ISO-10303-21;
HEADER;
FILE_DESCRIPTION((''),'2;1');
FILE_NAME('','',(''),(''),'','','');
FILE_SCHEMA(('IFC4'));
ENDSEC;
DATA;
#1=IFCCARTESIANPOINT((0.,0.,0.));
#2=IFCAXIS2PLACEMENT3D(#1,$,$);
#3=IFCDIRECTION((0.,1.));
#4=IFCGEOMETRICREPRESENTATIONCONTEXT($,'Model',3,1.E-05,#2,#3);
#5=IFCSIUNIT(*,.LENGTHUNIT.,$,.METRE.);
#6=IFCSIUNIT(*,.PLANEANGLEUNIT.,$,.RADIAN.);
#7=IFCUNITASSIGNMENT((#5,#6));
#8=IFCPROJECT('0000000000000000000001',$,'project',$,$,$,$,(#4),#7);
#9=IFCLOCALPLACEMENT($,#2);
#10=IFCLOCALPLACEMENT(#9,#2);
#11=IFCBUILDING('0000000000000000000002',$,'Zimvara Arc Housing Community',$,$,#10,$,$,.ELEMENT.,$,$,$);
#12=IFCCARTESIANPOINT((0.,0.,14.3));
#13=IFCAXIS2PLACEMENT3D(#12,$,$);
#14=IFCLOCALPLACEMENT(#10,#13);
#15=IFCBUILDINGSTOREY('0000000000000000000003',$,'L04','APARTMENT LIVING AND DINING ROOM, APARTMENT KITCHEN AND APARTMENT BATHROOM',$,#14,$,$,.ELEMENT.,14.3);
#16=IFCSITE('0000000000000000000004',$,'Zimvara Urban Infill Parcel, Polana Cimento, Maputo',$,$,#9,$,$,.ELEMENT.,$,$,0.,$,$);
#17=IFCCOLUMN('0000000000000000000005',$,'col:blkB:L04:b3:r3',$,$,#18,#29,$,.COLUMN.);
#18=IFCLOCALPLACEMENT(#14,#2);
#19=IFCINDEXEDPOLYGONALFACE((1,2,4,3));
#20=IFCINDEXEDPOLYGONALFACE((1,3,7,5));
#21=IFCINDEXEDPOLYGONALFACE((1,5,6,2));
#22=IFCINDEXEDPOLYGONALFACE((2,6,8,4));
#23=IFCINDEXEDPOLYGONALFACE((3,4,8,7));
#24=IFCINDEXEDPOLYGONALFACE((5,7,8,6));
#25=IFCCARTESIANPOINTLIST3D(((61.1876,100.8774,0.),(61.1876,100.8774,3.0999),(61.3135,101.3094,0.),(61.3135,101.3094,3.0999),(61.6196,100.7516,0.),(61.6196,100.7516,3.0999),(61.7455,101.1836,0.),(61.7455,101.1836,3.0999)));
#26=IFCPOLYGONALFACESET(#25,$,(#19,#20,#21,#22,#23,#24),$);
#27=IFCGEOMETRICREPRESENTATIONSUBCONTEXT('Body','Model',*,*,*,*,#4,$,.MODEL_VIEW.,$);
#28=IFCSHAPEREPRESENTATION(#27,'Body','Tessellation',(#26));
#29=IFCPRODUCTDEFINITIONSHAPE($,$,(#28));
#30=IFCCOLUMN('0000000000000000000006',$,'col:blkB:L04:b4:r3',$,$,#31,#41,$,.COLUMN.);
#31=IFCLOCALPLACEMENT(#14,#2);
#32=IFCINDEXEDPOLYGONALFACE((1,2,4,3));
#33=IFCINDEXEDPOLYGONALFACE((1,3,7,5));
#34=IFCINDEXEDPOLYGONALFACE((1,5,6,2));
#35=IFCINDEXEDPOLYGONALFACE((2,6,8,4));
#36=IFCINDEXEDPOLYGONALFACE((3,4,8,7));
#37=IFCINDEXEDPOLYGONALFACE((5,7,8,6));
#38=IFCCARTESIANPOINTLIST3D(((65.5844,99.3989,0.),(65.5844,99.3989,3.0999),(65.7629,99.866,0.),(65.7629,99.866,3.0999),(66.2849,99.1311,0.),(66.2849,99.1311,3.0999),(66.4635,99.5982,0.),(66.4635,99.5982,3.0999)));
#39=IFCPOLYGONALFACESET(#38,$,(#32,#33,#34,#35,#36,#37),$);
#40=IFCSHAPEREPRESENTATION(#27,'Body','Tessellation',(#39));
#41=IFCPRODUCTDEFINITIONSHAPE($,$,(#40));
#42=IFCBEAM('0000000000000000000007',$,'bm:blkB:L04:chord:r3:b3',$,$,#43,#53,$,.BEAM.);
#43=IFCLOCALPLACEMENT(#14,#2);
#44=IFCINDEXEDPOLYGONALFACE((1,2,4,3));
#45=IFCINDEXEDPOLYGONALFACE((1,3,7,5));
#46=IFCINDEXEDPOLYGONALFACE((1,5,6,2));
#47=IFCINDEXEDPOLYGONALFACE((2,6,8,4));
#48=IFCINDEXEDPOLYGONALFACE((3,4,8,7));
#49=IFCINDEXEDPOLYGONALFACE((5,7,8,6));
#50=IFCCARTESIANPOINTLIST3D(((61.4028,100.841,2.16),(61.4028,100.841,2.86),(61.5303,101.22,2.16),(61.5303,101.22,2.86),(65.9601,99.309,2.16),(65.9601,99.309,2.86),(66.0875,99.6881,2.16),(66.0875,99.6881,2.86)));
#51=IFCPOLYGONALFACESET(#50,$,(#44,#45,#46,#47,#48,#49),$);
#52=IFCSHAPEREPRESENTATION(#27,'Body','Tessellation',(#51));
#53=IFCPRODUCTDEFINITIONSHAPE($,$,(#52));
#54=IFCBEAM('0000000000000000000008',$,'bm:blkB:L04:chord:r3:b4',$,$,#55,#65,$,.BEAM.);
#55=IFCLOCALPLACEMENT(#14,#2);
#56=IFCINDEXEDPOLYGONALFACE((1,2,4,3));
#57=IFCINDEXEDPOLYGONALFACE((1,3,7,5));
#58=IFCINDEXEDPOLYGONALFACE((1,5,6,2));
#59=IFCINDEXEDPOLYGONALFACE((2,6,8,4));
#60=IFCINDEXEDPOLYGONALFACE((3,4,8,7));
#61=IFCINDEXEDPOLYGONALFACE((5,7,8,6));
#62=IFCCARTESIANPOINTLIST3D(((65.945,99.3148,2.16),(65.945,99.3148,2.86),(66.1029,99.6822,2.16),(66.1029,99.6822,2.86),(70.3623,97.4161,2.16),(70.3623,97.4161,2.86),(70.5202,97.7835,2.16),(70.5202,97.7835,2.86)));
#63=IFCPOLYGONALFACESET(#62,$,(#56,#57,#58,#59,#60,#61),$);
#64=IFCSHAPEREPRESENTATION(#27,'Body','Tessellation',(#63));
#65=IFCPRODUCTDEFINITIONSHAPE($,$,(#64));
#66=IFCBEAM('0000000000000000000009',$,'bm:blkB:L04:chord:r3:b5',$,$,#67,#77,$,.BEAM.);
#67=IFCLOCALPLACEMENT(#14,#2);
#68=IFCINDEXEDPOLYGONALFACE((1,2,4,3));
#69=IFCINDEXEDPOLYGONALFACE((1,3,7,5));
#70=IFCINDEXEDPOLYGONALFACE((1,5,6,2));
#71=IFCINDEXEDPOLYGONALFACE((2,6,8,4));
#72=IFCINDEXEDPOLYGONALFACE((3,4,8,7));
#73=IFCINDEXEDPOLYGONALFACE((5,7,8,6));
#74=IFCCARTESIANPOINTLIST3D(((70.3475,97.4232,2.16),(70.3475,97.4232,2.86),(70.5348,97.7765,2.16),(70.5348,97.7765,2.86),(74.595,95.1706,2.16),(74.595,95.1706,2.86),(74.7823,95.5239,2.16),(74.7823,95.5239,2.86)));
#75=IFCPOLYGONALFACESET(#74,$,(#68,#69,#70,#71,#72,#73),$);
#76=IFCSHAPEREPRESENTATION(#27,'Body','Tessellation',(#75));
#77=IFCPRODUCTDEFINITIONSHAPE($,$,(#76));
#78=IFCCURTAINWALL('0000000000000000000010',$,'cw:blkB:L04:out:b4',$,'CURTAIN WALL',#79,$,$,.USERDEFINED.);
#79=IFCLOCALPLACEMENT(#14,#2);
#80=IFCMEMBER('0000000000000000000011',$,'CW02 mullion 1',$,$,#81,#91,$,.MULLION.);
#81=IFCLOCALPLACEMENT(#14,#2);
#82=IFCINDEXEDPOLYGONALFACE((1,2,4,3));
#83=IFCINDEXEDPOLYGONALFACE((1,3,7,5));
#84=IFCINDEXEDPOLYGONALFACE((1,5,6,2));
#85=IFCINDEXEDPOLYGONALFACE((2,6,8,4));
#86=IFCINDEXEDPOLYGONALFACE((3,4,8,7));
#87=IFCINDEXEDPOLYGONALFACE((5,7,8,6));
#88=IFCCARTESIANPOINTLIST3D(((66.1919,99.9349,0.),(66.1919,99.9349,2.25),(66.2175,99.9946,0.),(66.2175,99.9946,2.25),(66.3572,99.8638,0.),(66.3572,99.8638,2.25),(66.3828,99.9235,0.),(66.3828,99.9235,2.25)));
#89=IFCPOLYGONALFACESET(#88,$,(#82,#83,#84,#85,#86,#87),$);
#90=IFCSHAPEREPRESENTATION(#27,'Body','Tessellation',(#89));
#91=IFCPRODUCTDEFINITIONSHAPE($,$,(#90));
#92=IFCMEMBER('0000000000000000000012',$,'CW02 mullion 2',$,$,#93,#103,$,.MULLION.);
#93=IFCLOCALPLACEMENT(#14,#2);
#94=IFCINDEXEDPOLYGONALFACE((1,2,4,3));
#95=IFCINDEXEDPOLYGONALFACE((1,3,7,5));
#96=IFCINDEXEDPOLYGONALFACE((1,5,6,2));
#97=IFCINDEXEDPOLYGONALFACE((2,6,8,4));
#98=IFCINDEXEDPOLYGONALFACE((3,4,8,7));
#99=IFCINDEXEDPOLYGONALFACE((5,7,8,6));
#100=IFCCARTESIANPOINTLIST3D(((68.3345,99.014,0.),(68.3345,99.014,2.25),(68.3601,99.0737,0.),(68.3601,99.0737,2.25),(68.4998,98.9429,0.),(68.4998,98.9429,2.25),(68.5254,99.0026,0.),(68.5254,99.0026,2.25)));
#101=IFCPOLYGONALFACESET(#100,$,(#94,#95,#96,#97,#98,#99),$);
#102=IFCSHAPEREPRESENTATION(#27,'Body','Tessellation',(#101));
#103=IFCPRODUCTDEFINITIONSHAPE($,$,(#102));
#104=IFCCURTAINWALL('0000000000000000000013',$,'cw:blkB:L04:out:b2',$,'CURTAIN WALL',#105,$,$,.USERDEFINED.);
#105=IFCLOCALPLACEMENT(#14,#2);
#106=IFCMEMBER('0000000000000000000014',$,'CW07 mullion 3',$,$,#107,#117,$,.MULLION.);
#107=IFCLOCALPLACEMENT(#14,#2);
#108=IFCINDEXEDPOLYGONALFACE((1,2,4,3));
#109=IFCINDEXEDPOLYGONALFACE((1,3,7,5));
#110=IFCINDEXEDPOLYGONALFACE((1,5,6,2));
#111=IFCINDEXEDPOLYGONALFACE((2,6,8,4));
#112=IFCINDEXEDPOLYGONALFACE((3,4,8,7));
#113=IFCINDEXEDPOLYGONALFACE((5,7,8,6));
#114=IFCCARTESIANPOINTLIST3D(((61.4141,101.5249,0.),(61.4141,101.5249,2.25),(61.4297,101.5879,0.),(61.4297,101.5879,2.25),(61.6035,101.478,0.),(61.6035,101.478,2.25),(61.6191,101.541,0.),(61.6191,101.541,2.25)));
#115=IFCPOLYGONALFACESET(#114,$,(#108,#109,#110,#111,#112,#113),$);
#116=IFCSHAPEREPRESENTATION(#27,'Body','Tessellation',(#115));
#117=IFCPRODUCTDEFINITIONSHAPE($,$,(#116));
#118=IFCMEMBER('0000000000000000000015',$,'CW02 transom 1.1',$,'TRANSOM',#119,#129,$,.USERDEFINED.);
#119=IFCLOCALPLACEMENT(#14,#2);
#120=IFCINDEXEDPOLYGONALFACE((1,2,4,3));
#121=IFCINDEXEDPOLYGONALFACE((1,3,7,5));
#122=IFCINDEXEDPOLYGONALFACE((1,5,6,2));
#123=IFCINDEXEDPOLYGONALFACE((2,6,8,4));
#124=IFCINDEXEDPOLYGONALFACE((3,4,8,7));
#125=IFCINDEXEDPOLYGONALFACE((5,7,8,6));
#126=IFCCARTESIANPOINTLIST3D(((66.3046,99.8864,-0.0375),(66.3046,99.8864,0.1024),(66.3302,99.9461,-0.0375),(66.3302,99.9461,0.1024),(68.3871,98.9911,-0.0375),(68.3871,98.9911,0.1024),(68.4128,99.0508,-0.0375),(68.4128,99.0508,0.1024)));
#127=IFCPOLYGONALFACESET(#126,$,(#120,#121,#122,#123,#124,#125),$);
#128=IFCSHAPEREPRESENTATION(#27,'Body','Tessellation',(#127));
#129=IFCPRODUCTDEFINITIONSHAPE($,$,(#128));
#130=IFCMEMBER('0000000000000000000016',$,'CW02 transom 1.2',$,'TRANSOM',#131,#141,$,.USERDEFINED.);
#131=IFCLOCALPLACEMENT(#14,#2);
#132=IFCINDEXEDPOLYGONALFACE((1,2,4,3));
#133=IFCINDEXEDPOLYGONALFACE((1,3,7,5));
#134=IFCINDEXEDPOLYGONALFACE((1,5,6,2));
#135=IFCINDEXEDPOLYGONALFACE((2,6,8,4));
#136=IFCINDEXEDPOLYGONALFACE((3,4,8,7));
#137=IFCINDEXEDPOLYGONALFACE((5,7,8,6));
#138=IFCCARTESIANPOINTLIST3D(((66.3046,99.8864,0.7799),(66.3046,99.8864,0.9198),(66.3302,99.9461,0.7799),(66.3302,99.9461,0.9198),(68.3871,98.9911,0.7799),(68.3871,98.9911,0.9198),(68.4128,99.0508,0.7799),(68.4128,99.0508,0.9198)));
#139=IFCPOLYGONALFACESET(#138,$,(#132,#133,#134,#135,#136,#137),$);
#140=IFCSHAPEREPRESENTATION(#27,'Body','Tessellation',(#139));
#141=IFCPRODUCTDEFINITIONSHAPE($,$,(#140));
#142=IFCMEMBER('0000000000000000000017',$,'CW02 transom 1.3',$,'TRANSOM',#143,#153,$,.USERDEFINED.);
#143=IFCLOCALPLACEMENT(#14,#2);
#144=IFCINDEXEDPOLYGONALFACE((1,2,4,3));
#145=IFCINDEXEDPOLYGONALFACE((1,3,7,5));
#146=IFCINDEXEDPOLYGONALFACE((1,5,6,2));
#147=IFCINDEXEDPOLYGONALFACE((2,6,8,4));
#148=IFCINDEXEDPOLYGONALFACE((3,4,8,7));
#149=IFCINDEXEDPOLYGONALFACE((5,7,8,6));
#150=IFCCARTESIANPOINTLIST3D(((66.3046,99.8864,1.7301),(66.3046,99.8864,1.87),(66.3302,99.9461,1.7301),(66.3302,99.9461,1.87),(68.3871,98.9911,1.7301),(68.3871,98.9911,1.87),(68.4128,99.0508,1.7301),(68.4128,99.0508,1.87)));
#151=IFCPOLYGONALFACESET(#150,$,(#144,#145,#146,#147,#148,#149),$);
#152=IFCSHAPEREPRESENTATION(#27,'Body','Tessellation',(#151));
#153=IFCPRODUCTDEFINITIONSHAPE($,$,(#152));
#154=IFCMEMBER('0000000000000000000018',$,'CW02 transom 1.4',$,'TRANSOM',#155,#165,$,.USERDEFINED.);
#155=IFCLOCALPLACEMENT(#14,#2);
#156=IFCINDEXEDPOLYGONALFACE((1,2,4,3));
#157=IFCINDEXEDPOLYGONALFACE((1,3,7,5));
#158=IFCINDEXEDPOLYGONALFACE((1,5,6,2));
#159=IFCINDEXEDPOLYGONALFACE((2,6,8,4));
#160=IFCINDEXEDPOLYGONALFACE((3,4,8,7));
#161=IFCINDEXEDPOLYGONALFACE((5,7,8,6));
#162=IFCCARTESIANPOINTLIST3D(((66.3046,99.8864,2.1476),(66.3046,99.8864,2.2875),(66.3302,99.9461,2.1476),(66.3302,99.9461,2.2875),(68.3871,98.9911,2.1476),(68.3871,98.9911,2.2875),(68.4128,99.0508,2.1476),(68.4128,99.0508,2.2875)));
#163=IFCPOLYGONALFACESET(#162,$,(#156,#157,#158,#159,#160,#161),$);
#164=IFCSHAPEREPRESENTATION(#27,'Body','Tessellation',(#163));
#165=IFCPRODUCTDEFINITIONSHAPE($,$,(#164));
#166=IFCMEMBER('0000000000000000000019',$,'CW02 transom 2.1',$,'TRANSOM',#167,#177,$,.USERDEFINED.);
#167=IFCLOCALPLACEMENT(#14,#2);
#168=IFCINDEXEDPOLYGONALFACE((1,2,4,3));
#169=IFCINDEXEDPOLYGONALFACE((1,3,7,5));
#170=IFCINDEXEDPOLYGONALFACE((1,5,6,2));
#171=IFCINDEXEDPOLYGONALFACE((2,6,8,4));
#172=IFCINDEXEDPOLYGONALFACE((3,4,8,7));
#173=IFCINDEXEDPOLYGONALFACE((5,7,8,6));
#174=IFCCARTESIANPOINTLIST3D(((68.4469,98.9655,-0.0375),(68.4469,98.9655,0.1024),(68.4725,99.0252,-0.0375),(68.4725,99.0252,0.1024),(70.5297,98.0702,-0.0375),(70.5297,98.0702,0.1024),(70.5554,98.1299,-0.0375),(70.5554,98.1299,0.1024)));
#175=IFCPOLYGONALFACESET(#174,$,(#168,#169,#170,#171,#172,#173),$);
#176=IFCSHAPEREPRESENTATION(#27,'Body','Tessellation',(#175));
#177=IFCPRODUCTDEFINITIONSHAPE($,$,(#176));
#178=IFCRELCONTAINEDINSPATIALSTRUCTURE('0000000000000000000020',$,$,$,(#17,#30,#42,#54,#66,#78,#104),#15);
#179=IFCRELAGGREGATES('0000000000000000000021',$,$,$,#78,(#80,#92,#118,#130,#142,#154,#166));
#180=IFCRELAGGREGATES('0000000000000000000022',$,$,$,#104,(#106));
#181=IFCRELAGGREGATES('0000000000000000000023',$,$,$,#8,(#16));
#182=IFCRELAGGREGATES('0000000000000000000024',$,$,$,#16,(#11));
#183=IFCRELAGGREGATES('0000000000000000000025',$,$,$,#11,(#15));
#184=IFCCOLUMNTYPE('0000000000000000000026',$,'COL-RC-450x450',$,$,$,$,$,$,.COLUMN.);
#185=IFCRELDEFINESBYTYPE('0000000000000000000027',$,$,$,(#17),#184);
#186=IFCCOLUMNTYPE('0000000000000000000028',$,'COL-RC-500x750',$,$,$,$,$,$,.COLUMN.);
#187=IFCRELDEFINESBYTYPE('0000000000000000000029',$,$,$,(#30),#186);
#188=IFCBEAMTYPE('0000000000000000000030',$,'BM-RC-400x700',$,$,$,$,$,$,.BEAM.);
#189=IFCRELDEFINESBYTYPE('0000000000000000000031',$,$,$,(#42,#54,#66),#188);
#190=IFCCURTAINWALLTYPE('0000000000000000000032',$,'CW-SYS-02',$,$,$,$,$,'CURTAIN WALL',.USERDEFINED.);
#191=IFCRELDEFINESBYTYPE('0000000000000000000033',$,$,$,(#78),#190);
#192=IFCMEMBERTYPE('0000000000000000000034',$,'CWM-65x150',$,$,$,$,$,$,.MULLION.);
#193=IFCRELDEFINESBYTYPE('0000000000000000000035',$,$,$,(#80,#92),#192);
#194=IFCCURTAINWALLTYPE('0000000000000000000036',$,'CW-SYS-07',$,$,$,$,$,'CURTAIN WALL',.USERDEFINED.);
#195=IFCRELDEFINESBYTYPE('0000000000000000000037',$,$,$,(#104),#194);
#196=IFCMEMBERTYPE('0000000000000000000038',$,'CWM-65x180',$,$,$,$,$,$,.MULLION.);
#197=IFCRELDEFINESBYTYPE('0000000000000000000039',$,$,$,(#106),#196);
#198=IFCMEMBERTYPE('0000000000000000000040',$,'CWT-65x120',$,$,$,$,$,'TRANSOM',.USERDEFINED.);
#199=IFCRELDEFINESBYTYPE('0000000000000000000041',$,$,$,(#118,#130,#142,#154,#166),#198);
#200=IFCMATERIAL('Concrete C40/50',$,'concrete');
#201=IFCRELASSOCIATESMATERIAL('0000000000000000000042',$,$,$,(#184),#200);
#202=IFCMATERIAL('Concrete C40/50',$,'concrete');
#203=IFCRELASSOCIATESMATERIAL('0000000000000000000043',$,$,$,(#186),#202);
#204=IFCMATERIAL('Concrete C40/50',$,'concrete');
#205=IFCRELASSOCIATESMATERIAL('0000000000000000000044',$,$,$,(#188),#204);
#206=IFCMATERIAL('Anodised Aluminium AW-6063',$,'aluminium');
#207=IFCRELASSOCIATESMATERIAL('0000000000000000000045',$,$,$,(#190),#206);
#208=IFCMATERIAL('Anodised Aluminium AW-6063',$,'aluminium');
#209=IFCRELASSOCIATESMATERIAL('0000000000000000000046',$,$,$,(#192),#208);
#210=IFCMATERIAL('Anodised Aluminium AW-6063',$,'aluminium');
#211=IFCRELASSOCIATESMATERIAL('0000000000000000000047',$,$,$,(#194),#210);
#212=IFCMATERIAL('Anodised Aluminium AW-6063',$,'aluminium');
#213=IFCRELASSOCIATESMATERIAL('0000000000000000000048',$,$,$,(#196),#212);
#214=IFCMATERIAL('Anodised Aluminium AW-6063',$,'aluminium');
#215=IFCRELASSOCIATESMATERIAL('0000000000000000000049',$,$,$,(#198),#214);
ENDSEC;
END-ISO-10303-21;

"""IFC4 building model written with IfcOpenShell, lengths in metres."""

from ifc_helpers import new_model, si_unit, direction, frame, origin, origin_2d, place, context, subcontext, project, spatial, rectangle, extrude, material, material_profile, profile_set, type_object, element, aggregate, save


model = new_model("IFC4")

# Units and contexts
model_context = context("Model", 3, precision=1e-05, world=origin(), true_north=direction((0.0, 1.0)))
body_context = subcontext(model_context, "Body", "Model", "MODEL_VIEW")
ifc_project = project(units=[si_unit("LENGTHUNIT", "METRE"), si_unit("PLANEANGLEUNIT", "RADIAN")], contexts=[model_context])

# Site, building, storey
site_placement = place(None, origin())
site = spatial("IfcSite", under=ifc_project, at=site_placement, Name="Zimvara Urban Infill Parcel, Polana Cimento, Maputo", CompositionType="ELEMENT", RefElevation=0.0)
building_placement = place(site_placement, origin())
building = spatial("IfcBuilding", under=site, at=building_placement, Name="Zimvara Arc Housing Community", CompositionType="ELEMENT")
storey_placement = place(building_placement, frame((0.0, 0.0, 14.3)))
storey = spatial("IfcBuildingStorey", under=building, at=storey_placement, Name="L04", Description="APARTMENT LIVING AND DINING ROOM, APARTMENT KITCHEN AND APARTMENT BATHROOM", CompositionType="ELEMENT", Elevation=14.3)

# Columns
ifc_material_1 = material(Name="Concrete C40/50", Category="concrete")
ifc_material_profile_1 = material_profile(ifc_material_1, rectangle(XDim=0.45, YDim=0.45, at=origin_2d()), Name="RC 450x450")
ifc_profile_set_1 = profile_set([ifc_material_profile_1], Name="Concrete C40/50")
column_type_1 = type_object("IfcColumnType", Name="COL-RC-450x450", PredefinedType="COLUMN", material=ifc_profile_set_1)
column_1_placement = place(storey_placement, frame((61.4666, 101.0305, 0.0), z_axis=(0.0, 0.0, 1.0), x_axis=(0.279661, 0.960099, 0.0)))
element("IfcColumn", 1, at=column_1_placement, inside=storey, type_object=column_type_1, Name="col:blkB:L04:b3:r3", PredefinedType="COLUMN", context=body_context, shape_type="SweptSolid", body=[
    extrude(rectangle(XDim=0.45, YDim=0.45, at=origin_2d()), origin(), (0.0, 0.0, 1.0), 3.0999),
])
ifc_material_2 = material(Name="Concrete C40/50", Category="concrete")
ifc_material_profile_2 = material_profile(ifc_material_2, rectangle(XDim=0.5, YDim=0.75, at=origin_2d()), Name="RC 500x750")
ifc_profile_set_2 = profile_set([ifc_material_profile_2], Name="Concrete C40/50")
column_type_2 = type_object("IfcColumnType", Name="COL-RC-500x750", PredefinedType="COLUMN", material=ifc_profile_set_2)
column_2_placement = place(storey_placement, frame((66.0239, 99.4985, 0.0), z_axis=(0.0, 0.0, 1.0), x_axis=(0.357064, 0.93408, 0.0)))
element("IfcColumn", 2, at=column_2_placement, inside=storey, type_object=column_type_2, Name="col:blkB:L04:b4:r3", PredefinedType="COLUMN", context=body_context, shape_type="SweptSolid", body=[
    extrude(rectangle(XDim=0.5, YDim=0.75, at=origin_2d()), origin(), (0.0, 0.0, 1.0), 3.0999),
])

# Beams
ifc_material_3 = material(Name="Concrete C40/50", Category="concrete")
ifc_material_profile_3 = material_profile(ifc_material_3, rectangle(XDim=0.3999, YDim=0.7, at=origin_2d()), Name="RC 400x700")
ifc_profile_set_3 = profile_set([ifc_material_profile_3], Name="Concrete C40/50")
beam_type = type_object("IfcBeamType", Name="BM-RC-400x700", PredefinedType="BEAM", material=ifc_profile_set_3)
beam_1_placement = place(storey_placement, frame((61.4666, 101.0305, 2.51), z_axis=(0.947878, -0.318634, 0.0), x_axis=(0.318634, 0.947878, 0.0)))
element("IfcBeam", 3, at=beam_1_placement, inside=storey, type_object=beam_type, Name="bm:blkB:L04:chord:r3:b3", PredefinedType="BEAM", context=body_context, shape_type="SweptSolid", body=[
    extrude(rectangle(XDim=0.3999, YDim=0.7, at=origin_2d()), origin(), (0.0, 0.0, 1.0), 4.8079),
])
beam_2_placement = place(storey_placement, frame((66.0239, 99.4985, 2.51), z_axis=(0.918724, -0.3949, 0.0), x_axis=(0.3949, 0.918724, 0.0)))
element("IfcBeam", 4, at=beam_2_placement, inside=storey, type_object=beam_type, Name="bm:blkB:L04:chord:r3:b4", PredefinedType="BEAM", context=body_context, shape_type="SweptSolid", body=[
    extrude(rectangle(XDim=0.3999, YDim=0.7, at=origin_2d()), origin(), (0.0, 0.0, 1.0), 4.8081),
])
beam_3_placement = place(storey_placement, frame((70.4412, 97.5999, 2.51), z_axis=(0.883446, -0.468534, 0.0), x_axis=(0.468534, 0.883446, 0.0)))
element("IfcBeam", 5, at=beam_3_placement, inside=storey, type_object=beam_type, Name="bm:blkB:L04:chord:r3:b5", PredefinedType="BEAM", context=body_context, shape_type="SweptSolid", body=[
    extrude(rectangle(XDim=0.3999, YDim=0.7, at=origin_2d()), origin(), (0.0, 0.0, 1.0), 4.8079),
])

# Curtain wall, members
ifc_material_4 = material(Name="Anodised Aluminium AW-6063", Category="aluminium")
curtain_wall_type_1 = type_object("IfcCurtainWallType", Name="CW-SYS-02", ElementType="CURTAIN WALL", PredefinedType="USERDEFINED", material=ifc_material_4)
curtain_wall_1_placement = place(storey_placement, origin())
curtain_wall_1 = element("IfcCurtainWall", 6, at=curtain_wall_1_placement, inside=storey, type_object=curtain_wall_type_1, Name="cw:blkB:L04:out:b4", ObjectType="CURTAIN WALL", PredefinedType="USERDEFINED")
ifc_material_5 = material(Name="Anodised Aluminium AW-6063", Category="aluminium")
ifc_material_profile_4 = material_profile(ifc_material_5, rectangle(XDim=0.0649, YDim=0.1799, at=origin_2d()), Name="ALU 65x180")
ifc_profile_set_4 = profile_set([ifc_material_profile_4], Name="Anodised Aluminium AW-6063")
member_type_1 = type_object("IfcMemberType", Name="CWM-65x150", PredefinedType="MULLION", material=ifc_profile_set_4)
member_1_placement = place(storey_placement, frame((66.2874, 99.9292, 0.0), z_axis=(0.0, 0.0, 1.0), x_axis=(0.394904, 0.918722, 0.0)))
member_1 = element("IfcMember", 7, at=member_1_placement, type_object=member_type_1, Name="CW02 mullion 1", PredefinedType="MULLION", context=body_context, shape_type="SweptSolid", body=[
    extrude(rectangle(XDim=0.0649, YDim=0.1799, at=origin_2d()), origin(), (0.0, 0.0, 1.0), 2.25),
])
member_2_placement = place(storey_placement, frame((68.4299, 99.0083, 0.0), z_axis=(0.0, 0.0, 1.0), x_axis=(0.394904, 0.918722, 0.0)))
member_2 = element("IfcMember", 8, at=member_2_placement, type_object=member_type_1, Name="CW02 mullion 2", PredefinedType="MULLION", context=body_context, shape_type="SweptSolid", body=[
    extrude(rectangle(XDim=0.0649, YDim=0.1799, at=origin_2d()), origin(), (0.0, 0.0, 1.0), 2.25),
])

# Curtain wall, member
ifc_material_6 = material(Name="Anodised Aluminium AW-6063", Category="aluminium")
curtain_wall_type_2 = type_object("IfcCurtainWallType", Name="CW-SYS-07", ElementType="CURTAIN WALL", PredefinedType="USERDEFINED", material=ifc_material_6)
curtain_wall_2_placement = place(storey_placement, origin())
curtain_wall_2 = element("IfcCurtainWall", 9, at=curtain_wall_2_placement, inside=storey, type_object=curtain_wall_type_2, Name="cw:blkB:L04:out:b2", ObjectType="CURTAIN WALL", PredefinedType="USERDEFINED")
ifc_material_7 = material(Name="Anodised Aluminium AW-6063", Category="aluminium")
ifc_material_profile_5 = material_profile(ifc_material_7, rectangle(XDim=0.0649, YDim=0.1951, at=origin_2d()), Name="ALU 65x195")
ifc_profile_set_5 = profile_set([ifc_material_profile_5], Name="Anodised Aluminium AW-6063")
member_type_2 = type_object("IfcMemberType", Name="CWM-65x180", PredefinedType="MULLION", material=ifc_profile_set_5)
member_3_placement = place(storey_placement, frame((61.5166, 101.533, 0.0), z_axis=(0.0, 0.0, 1.0), x_axis=(0.24023, 0.970716, 0.0)))
member_3 = element("IfcMember", 10, at=member_3_placement, type_object=member_type_2, Name="CW07 mullion 3", PredefinedType="MULLION", context=body_context, shape_type="SweptSolid", body=[
    extrude(rectangle(XDim=0.0649, YDim=0.1951, at=origin_2d()), origin(), (0.0, 0.0, 1.0), 2.25),
])

# Members
ifc_material_8 = material(Name="Anodised Aluminium AW-6063", Category="aluminium")
ifc_material_profile_6 = material_profile(ifc_material_8, rectangle(XDim=0.0649, YDim=0.1399, at=origin_2d()), Name="ALU 65x140")
ifc_profile_set_6 = profile_set([ifc_material_profile_6], Name="Anodised Aluminium AW-6063")
member_type_3 = type_object("IfcMemberType", Name="CWT-65x120", ElementType="TRANSOM", PredefinedType="USERDEFINED", material=ifc_profile_set_6)
member_4_placement = place(storey_placement, frame((66.3174, 99.9163, 0.0325), z_axis=(0.918704, -0.394946, 0.0), x_axis=(0.394946, 0.918704, 0.0)))
member_4 = element("IfcMember", 11, at=member_4_placement, type_object=member_type_3, Name="CW02 transom 1.1", ObjectType="TRANSOM", PredefinedType="USERDEFINED", context=body_context, shape_type="SweptSolid", body=[
    extrude(rectangle(XDim=0.0649, YDim=0.1399, at=origin_2d()), origin(), (0.0, 0.0, 1.0), 2.2668),
])
member_5_placement = place(storey_placement, frame((66.3174, 99.9163, 0.8499), z_axis=(0.918704, -0.394946, 0.0), x_axis=(0.394946, 0.918704, 0.0)))
member_5 = element("IfcMember", 12, at=member_5_placement, type_object=member_type_3, Name="CW02 transom 1.2", ObjectType="TRANSOM", PredefinedType="USERDEFINED", context=body_context, shape_type="SweptSolid", body=[
    extrude(rectangle(XDim=0.0649, YDim=0.1399, at=origin_2d()), origin(), (0.0, 0.0, 1.0), 2.2668),
])
member_6_placement = place(storey_placement, frame((66.3174, 99.9163, 1.8), z_axis=(0.918704, -0.394946, 0.0), x_axis=(0.394946, 0.918704, 0.0)))
member_6 = element("IfcMember", 13, at=member_6_placement, type_object=member_type_3, Name="CW02 transom 1.3", ObjectType="TRANSOM", PredefinedType="USERDEFINED", context=body_context, shape_type="SweptSolid", body=[
    extrude(rectangle(XDim=0.0649, YDim=0.1399, at=origin_2d()), origin(), (0.0, 0.0, 1.0), 2.2668),
])
member_7_placement = place(storey_placement, frame((66.3174, 99.9163, 2.2175), z_axis=(0.918704, -0.394946, 0.0), x_axis=(0.394946, 0.918704, 0.0)))
member_7 = element("IfcMember", 14, at=member_7_placement, type_object=member_type_3, Name="CW02 transom 1.4", ObjectType="TRANSOM", PredefinedType="USERDEFINED", context=body_context, shape_type="SweptSolid", body=[
    extrude(rectangle(XDim=0.0649, YDim=0.1399, at=origin_2d()), origin(), (0.0, 0.0, 1.0), 2.2668),
])
member_8_placement = place(storey_placement, frame((68.4597, 98.9954, 0.0325), z_axis=(0.918721, -0.394907, 0.0), x_axis=(0.394907, 0.918721, 0.0)))
member_8 = element("IfcMember", 15, at=member_8_placement, type_object=member_type_3, Name="CW02 transom 2.1", ObjectType="TRANSOM", PredefinedType="USERDEFINED", context=body_context, shape_type="SweptSolid", body=[
    extrude(rectangle(XDim=0.0649, YDim=0.1399, at=origin_2d()), origin(), (0.0, 0.0, 1.0), 2.2671),
])

aggregate(curtain_wall_1, [member_1, member_2, member_4, member_5, member_6, member_7, member_8])
aggregate(curtain_wall_2, [member_3])

save(model, "model.ifc")
